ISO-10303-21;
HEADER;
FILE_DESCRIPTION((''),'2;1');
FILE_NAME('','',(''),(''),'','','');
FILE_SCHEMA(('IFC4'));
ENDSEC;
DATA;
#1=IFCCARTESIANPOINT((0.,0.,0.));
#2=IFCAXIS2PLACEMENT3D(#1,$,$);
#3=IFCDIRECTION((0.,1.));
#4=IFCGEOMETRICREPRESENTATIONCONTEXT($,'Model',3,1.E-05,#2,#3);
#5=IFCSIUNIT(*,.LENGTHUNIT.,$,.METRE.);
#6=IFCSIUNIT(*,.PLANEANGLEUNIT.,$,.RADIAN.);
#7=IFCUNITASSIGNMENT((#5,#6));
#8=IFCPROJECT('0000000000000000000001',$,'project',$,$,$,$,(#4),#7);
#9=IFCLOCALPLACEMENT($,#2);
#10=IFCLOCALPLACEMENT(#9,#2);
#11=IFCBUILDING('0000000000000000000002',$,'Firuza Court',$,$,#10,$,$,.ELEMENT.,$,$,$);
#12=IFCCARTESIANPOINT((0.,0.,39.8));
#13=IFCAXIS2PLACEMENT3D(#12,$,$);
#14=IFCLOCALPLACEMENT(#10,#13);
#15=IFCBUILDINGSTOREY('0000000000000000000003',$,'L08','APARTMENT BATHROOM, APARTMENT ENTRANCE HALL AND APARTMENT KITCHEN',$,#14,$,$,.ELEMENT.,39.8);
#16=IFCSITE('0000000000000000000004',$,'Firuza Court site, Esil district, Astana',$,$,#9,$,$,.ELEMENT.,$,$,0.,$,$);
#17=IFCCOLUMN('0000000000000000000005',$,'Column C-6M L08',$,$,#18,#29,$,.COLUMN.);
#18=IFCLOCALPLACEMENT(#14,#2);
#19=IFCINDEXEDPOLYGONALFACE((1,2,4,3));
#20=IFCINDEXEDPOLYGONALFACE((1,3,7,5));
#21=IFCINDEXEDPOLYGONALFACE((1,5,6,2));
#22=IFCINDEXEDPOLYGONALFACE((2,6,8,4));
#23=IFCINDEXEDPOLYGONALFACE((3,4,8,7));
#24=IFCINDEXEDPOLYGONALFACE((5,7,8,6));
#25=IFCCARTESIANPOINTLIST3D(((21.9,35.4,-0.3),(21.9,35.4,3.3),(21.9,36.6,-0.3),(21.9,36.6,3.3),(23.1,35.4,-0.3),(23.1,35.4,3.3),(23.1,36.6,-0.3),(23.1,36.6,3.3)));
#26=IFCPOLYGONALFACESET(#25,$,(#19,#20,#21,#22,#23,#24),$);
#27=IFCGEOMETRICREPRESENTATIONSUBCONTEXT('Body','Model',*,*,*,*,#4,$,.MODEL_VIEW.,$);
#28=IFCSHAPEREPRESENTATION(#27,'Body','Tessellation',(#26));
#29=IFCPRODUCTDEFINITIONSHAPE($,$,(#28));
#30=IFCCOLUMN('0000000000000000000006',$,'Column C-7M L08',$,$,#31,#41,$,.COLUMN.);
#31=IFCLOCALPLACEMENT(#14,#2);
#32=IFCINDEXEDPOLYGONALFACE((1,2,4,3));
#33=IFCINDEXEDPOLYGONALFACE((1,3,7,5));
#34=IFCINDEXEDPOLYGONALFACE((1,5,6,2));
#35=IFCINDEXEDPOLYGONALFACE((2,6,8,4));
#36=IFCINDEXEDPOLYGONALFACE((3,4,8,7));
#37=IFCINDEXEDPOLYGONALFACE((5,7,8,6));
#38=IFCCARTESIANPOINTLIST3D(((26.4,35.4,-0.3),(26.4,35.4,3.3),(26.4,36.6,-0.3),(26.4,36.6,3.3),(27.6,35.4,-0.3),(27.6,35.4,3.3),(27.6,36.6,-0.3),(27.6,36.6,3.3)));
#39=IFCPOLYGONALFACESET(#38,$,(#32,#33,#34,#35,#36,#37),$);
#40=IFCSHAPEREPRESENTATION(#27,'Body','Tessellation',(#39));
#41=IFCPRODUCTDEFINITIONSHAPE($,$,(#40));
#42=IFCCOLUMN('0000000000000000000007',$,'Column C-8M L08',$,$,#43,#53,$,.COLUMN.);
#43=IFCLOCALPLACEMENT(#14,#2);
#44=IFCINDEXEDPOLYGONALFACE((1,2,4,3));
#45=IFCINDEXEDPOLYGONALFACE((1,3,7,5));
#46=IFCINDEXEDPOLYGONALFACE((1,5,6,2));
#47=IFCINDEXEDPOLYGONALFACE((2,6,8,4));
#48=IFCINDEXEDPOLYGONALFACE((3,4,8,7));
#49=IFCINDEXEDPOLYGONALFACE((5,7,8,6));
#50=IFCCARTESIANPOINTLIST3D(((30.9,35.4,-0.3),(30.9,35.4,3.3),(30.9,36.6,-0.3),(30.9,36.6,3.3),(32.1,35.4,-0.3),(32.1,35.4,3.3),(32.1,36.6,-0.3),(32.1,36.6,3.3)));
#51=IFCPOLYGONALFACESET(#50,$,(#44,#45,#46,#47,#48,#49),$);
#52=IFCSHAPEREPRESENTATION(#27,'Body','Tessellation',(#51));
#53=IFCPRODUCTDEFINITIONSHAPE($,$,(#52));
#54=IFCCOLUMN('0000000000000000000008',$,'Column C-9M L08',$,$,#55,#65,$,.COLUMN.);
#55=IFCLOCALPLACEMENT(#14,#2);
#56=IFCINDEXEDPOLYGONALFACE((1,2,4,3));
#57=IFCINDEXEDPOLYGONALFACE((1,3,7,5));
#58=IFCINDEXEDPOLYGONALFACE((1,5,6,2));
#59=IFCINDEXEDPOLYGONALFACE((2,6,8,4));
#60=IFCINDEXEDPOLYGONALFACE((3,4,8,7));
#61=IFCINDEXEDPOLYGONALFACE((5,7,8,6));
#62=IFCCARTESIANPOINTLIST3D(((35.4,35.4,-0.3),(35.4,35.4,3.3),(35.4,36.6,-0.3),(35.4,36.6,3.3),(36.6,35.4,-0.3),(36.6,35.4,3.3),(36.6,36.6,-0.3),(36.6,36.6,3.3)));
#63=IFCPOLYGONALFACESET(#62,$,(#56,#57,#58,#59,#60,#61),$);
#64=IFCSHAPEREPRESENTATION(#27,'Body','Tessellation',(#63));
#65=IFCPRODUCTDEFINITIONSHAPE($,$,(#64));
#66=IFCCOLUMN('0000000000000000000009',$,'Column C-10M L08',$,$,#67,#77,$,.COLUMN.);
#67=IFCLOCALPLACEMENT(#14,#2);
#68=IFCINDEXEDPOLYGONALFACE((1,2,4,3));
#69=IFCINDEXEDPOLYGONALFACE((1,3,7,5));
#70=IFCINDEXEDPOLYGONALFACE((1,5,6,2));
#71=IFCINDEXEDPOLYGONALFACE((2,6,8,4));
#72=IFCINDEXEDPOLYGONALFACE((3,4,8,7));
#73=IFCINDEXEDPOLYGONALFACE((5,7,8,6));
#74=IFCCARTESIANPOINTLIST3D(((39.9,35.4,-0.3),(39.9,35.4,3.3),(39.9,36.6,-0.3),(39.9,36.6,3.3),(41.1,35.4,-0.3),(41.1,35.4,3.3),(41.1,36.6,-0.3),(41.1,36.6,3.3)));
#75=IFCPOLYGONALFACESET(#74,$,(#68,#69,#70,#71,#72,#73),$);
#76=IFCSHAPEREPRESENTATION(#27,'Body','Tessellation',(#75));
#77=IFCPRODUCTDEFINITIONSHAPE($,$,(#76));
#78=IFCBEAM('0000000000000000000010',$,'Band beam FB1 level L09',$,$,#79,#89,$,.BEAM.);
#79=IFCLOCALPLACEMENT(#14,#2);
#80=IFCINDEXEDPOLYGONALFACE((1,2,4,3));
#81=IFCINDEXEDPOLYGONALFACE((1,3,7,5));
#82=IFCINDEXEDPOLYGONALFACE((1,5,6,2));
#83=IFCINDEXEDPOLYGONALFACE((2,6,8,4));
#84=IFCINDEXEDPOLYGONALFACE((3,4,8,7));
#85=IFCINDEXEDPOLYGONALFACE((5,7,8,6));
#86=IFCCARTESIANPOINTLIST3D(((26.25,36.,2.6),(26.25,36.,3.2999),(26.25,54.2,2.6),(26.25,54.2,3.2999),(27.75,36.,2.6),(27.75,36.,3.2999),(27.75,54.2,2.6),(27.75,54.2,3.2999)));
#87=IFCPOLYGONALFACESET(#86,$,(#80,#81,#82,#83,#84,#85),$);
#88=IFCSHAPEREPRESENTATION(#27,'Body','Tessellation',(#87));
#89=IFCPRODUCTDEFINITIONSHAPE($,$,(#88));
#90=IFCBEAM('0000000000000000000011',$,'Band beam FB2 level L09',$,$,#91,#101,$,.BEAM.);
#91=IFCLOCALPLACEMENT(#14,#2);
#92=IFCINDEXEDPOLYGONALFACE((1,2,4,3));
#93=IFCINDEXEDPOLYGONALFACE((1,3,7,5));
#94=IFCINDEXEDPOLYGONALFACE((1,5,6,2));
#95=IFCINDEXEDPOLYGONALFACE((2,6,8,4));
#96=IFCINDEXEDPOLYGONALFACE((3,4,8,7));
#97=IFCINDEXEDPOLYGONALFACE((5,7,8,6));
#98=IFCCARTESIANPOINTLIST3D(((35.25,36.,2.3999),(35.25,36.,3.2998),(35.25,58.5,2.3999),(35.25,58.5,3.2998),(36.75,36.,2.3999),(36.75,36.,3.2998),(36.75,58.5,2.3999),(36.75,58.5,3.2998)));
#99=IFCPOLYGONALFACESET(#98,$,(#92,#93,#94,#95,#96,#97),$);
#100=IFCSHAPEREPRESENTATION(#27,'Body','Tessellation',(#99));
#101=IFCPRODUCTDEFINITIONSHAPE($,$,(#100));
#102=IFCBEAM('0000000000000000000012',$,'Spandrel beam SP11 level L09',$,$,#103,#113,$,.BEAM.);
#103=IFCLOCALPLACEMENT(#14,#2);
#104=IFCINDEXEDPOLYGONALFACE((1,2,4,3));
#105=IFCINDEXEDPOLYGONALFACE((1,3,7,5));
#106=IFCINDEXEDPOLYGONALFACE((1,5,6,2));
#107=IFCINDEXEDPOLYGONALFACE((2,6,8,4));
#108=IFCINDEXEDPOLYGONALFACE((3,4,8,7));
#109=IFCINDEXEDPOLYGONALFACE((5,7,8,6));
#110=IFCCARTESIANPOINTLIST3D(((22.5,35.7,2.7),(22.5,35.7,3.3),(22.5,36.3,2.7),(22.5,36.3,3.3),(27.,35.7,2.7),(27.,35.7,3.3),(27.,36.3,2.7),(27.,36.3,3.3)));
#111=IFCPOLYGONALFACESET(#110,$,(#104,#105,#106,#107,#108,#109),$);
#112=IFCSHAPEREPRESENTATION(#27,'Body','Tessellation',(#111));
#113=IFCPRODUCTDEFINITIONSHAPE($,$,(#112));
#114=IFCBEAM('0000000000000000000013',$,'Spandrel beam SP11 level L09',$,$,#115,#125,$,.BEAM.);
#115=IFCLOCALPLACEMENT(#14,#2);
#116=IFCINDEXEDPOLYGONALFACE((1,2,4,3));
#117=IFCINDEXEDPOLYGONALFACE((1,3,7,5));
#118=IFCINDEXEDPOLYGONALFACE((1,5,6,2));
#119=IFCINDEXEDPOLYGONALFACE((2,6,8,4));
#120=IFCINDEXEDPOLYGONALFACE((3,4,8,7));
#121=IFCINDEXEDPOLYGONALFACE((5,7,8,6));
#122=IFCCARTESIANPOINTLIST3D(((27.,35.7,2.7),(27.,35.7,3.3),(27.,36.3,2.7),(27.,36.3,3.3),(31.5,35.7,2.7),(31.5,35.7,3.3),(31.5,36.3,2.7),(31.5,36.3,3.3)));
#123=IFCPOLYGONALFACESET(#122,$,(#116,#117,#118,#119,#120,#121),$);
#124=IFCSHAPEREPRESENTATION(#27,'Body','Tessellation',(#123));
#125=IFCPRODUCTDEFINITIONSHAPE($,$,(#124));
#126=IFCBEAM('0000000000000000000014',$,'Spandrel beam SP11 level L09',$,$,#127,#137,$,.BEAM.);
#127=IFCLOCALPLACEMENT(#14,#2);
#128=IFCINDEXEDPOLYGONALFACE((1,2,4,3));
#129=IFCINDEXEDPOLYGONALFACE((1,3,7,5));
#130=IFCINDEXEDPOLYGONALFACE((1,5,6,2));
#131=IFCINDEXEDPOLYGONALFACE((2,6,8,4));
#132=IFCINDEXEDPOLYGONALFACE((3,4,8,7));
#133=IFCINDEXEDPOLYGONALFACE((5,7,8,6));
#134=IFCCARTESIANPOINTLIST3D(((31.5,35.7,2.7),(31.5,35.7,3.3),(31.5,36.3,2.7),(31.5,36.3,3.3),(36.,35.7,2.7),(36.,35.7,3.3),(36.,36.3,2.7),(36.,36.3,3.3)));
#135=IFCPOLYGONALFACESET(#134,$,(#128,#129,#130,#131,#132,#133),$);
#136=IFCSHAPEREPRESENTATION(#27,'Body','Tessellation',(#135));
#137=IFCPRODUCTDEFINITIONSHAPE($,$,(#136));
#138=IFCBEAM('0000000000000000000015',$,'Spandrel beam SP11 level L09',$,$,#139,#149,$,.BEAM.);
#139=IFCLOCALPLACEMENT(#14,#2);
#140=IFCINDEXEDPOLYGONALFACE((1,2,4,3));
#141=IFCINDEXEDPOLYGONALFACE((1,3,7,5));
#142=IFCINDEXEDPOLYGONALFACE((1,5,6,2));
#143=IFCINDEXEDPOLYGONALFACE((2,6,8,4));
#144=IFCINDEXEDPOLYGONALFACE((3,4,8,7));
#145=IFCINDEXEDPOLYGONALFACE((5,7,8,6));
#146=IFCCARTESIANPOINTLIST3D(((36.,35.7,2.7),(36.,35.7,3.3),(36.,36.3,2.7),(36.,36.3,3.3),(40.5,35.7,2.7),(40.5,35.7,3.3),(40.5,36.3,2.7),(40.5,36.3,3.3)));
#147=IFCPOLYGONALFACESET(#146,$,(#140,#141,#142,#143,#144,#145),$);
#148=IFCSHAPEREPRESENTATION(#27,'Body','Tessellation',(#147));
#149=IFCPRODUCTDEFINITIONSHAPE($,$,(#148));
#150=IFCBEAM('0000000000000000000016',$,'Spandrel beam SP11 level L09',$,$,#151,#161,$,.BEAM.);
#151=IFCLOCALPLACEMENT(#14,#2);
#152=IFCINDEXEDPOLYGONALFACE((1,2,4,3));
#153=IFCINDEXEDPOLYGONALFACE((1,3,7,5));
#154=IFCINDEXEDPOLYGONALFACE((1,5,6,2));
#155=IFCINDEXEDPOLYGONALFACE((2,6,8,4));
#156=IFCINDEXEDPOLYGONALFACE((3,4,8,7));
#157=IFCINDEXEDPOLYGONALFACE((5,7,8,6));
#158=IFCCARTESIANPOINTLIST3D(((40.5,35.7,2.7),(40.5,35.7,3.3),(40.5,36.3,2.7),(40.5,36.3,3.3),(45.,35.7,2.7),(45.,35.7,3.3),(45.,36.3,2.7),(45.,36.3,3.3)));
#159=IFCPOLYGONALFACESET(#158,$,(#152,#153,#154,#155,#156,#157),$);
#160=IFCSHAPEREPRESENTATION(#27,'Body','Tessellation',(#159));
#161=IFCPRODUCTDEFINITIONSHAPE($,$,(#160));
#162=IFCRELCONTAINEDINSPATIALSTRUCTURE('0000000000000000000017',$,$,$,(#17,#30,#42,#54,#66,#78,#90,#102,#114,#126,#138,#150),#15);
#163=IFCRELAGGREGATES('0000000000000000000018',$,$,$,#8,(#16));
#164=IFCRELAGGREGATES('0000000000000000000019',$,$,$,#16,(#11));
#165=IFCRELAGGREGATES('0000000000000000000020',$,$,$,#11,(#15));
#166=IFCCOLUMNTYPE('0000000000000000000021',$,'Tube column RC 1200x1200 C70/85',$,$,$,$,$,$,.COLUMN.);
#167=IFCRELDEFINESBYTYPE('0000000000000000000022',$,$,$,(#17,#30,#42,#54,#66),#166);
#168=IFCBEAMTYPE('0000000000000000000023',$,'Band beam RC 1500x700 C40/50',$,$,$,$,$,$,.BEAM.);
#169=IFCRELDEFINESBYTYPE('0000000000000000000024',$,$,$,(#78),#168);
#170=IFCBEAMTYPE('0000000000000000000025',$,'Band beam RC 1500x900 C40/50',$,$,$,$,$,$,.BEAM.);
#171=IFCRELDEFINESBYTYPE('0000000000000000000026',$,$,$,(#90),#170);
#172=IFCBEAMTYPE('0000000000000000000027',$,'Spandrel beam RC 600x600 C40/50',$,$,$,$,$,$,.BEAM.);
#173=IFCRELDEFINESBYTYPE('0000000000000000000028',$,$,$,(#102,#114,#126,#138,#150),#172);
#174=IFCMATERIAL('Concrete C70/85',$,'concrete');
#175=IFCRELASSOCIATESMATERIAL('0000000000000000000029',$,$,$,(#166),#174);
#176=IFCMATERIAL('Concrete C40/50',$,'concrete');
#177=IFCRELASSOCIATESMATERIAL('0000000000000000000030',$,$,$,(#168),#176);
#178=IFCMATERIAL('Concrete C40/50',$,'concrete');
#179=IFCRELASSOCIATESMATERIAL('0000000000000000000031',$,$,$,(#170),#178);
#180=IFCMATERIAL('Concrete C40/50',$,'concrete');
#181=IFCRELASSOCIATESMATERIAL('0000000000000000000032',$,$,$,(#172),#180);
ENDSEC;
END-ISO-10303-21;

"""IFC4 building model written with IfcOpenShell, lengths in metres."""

from ifc_helpers import new_model, si_unit, direction, frame, origin, origin_2d, place, context, subcontext, project, spatial, rectangle, extrude, material, material_profile, profile_set, type_object, element, save


model = new_model("IFC4")

# Units and contexts
model_context = context("Model", 3, precision=1e-05, world=origin(), true_north=direction((0.0, 1.0)))
body_context = subcontext(model_context, "Body", "Model", "MODEL_VIEW")
ifc_project = project(units=[si_unit("LENGTHUNIT", "METRE"), si_unit("PLANEANGLEUNIT", "RADIAN")], contexts=[model_context])

# Site, building, storey
site_placement = place(None, origin())
site = spatial("IfcSite", under=ifc_project, at=site_placement, Name="Firuza Court site, Esil district, Astana", CompositionType="ELEMENT", RefElevation=0.0)
building_placement = place(site_placement, origin())
building = spatial("IfcBuilding", under=site, at=building_placement, Name="Firuza Court", CompositionType="ELEMENT")
storey_placement = place(building_placement, frame((0.0, 0.0, 39.8)))
storey = spatial("IfcBuildingStorey", under=building, at=storey_placement, Name="L08", Description="APARTMENT BATHROOM, APARTMENT ENTRANCE HALL AND APARTMENT KITCHEN", CompositionType="ELEMENT", Elevation=39.8)

# Columns
ifc_material_1 = material(Name="Concrete C70/85", Category="concrete")
ifc_material_profile_1 = material_profile(ifc_material_1, rectangle(XDim=1.2, YDim=1.2, at=origin_2d()), Name="RC 1200x1200")
ifc_profile_set_1 = profile_set([ifc_material_profile_1], Name="Concrete C70/85")
column_type = type_object("IfcColumnType", Name="Tube column RC 1200x1200 C70/85", PredefinedType="COLUMN", material=ifc_profile_set_1)
for number, where, z_axis, x_axis, name in (
    (1, (22.5, 36.0, -0.3), (0.0, 0.0, 1.0), (1.0, 0.0, 0.0), "Column C-6M L08"),
    (2, (27.0, 36.0, -0.3), (0.0, 0.0, 1.0), (1.0, 0.0, 0.0), "Column C-7M L08"),
    (3, (31.5, 36.0, -0.3), (0.0, 0.0, 1.0), (1.0, 0.0, 0.0), "Column C-8M L08"),
    (4, (36.0, 36.0, -0.3), (0.0, 0.0, 1.0), (1.0, 0.0, 0.0), "Column C-9M L08"),
    (5, (40.5, 36.0, -0.3), (0.0, 0.0, 1.0), (1.0, 0.0, 0.0), "Column C-10M L08"),
):
    element("IfcColumn", number, at=place(storey_placement, frame(where, z_axis=z_axis, x_axis=x_axis)), inside=storey, type_object=column_type, Name=name, PredefinedType="COLUMN", context=body_context, shape_type="SweptSolid", body=[
        extrude(rectangle(XDim=1.2, YDim=1.2, at=origin_2d()), origin(), (0.0, 0.0, 1.0), 3.6001),
    ])

# Beams
ifc_material_2 = material(Name="Concrete C40/50", Category="concrete")
ifc_material_profile_2 = material_profile(ifc_material_2, rectangle(XDim=1.5, YDim=0.7, at=origin_2d()), Name="RC 1500x700")
ifc_profile_set_2 = profile_set([ifc_material_profile_2], Name="Concrete C40/50")
beam_type_1 = type_object("IfcBeamType", Name="Band beam RC 1500x700 C40/50", PredefinedType="BEAM", material=ifc_profile_set_2)
beam_1_placement = place(storey_placement, frame((27.0, 36.0, 2.95), z_axis=(0.0, 1.0, 0.0), x_axis=(-1.0, 0.0, 0.0)))
element("IfcBeam", 6, at=beam_1_placement, inside=storey, type_object=beam_type_1, Name="Band beam FB1 level L09", PredefinedType="BEAM", context=body_context, shape_type="SweptSolid", body=[
    extrude(rectangle(XDim=1.5, YDim=0.7, at=origin_2d()), origin(), (0.0, 0.0, 1.0), 18.2),
])
ifc_material_3 = material(Name="Concrete C40/50", Category="concrete")
ifc_material_profile_3 = material_profile(ifc_material_3, rectangle(XDim=1.5, YDim=0.8999, at=origin_2d()), Name="RC 1500x900")
ifc_profile_set_3 = profile_set([ifc_material_profile_3], Name="Concrete C40/50")
beam_type_2 = type_object("IfcBeamType", Name="Band beam RC 1500x900 C40/50", PredefinedType="BEAM", material=ifc_profile_set_3)
beam_2_placement = place(storey_placement, frame((36.0, 36.0, 2.8499), z_axis=(0.0, 1.0, 0.0), x_axis=(-1.0, 0.0, 0.0)))
element("IfcBeam", 7, at=beam_2_placement, inside=storey, type_object=beam_type_2, Name="Band beam FB2 level L09", PredefinedType="BEAM", context=body_context, shape_type="SweptSolid", body=[
    extrude(rectangle(XDim=1.5, YDim=0.8999, at=origin_2d()), origin(), (0.0, 0.0, 1.0), 22.5),
])
ifc_material_4 = material(Name="Concrete C40/50", Category="concrete")
ifc_material_profile_4 = material_profile(ifc_material_4, rectangle(XDim=0.6001, YDim=0.6001, at=origin_2d()), Name="RC 600x600")
ifc_profile_set_4 = profile_set([ifc_material_profile_4], Name="Concrete C40/50")
beam_type_3 = type_object("IfcBeamType", Name="Spandrel beam RC 600x600 C40/50", PredefinedType="BEAM", material=ifc_profile_set_4)
for number, where, z_axis, x_axis, name in (
    (8, (22.5, 36.0, 3.0), (1.0, 0.0, 0.0), (0.0, 1.0, 0.0), "Spandrel beam SP11 level L09"),
    (9, (27.0, 36.0, 3.0), (1.0, 0.0, 0.0), (0.0, 1.0, 0.0), "Spandrel beam SP11 level L09"),
    (10, (31.5, 36.0, 3.0), (1.0, 0.0, 0.0), (0.0, 1.0, 0.0), "Spandrel beam SP11 level L09"),
    (11, (36.0, 36.0, 3.0), (1.0, 0.0, 0.0), (0.0, 1.0, 0.0), "Spandrel beam SP11 level L09"),
    (12, (40.5, 36.0, 3.0), (1.0, 0.0, 0.0), (0.0, 1.0, 0.0), "Spandrel beam SP11 level L09"),
):
    element("IfcBeam", number, at=place(storey_placement, frame(where, z_axis=z_axis, x_axis=x_axis)), inside=storey, type_object=beam_type_3, Name=name, PredefinedType="BEAM", context=body_context, shape_type="SweptSolid", body=[
        extrude(rectangle(XDim=0.6001, YDim=0.6001, at=origin_2d()), origin(), (0.0, 0.0, 1.0), 4.5),
    ])

save(model, "model.ifc")
